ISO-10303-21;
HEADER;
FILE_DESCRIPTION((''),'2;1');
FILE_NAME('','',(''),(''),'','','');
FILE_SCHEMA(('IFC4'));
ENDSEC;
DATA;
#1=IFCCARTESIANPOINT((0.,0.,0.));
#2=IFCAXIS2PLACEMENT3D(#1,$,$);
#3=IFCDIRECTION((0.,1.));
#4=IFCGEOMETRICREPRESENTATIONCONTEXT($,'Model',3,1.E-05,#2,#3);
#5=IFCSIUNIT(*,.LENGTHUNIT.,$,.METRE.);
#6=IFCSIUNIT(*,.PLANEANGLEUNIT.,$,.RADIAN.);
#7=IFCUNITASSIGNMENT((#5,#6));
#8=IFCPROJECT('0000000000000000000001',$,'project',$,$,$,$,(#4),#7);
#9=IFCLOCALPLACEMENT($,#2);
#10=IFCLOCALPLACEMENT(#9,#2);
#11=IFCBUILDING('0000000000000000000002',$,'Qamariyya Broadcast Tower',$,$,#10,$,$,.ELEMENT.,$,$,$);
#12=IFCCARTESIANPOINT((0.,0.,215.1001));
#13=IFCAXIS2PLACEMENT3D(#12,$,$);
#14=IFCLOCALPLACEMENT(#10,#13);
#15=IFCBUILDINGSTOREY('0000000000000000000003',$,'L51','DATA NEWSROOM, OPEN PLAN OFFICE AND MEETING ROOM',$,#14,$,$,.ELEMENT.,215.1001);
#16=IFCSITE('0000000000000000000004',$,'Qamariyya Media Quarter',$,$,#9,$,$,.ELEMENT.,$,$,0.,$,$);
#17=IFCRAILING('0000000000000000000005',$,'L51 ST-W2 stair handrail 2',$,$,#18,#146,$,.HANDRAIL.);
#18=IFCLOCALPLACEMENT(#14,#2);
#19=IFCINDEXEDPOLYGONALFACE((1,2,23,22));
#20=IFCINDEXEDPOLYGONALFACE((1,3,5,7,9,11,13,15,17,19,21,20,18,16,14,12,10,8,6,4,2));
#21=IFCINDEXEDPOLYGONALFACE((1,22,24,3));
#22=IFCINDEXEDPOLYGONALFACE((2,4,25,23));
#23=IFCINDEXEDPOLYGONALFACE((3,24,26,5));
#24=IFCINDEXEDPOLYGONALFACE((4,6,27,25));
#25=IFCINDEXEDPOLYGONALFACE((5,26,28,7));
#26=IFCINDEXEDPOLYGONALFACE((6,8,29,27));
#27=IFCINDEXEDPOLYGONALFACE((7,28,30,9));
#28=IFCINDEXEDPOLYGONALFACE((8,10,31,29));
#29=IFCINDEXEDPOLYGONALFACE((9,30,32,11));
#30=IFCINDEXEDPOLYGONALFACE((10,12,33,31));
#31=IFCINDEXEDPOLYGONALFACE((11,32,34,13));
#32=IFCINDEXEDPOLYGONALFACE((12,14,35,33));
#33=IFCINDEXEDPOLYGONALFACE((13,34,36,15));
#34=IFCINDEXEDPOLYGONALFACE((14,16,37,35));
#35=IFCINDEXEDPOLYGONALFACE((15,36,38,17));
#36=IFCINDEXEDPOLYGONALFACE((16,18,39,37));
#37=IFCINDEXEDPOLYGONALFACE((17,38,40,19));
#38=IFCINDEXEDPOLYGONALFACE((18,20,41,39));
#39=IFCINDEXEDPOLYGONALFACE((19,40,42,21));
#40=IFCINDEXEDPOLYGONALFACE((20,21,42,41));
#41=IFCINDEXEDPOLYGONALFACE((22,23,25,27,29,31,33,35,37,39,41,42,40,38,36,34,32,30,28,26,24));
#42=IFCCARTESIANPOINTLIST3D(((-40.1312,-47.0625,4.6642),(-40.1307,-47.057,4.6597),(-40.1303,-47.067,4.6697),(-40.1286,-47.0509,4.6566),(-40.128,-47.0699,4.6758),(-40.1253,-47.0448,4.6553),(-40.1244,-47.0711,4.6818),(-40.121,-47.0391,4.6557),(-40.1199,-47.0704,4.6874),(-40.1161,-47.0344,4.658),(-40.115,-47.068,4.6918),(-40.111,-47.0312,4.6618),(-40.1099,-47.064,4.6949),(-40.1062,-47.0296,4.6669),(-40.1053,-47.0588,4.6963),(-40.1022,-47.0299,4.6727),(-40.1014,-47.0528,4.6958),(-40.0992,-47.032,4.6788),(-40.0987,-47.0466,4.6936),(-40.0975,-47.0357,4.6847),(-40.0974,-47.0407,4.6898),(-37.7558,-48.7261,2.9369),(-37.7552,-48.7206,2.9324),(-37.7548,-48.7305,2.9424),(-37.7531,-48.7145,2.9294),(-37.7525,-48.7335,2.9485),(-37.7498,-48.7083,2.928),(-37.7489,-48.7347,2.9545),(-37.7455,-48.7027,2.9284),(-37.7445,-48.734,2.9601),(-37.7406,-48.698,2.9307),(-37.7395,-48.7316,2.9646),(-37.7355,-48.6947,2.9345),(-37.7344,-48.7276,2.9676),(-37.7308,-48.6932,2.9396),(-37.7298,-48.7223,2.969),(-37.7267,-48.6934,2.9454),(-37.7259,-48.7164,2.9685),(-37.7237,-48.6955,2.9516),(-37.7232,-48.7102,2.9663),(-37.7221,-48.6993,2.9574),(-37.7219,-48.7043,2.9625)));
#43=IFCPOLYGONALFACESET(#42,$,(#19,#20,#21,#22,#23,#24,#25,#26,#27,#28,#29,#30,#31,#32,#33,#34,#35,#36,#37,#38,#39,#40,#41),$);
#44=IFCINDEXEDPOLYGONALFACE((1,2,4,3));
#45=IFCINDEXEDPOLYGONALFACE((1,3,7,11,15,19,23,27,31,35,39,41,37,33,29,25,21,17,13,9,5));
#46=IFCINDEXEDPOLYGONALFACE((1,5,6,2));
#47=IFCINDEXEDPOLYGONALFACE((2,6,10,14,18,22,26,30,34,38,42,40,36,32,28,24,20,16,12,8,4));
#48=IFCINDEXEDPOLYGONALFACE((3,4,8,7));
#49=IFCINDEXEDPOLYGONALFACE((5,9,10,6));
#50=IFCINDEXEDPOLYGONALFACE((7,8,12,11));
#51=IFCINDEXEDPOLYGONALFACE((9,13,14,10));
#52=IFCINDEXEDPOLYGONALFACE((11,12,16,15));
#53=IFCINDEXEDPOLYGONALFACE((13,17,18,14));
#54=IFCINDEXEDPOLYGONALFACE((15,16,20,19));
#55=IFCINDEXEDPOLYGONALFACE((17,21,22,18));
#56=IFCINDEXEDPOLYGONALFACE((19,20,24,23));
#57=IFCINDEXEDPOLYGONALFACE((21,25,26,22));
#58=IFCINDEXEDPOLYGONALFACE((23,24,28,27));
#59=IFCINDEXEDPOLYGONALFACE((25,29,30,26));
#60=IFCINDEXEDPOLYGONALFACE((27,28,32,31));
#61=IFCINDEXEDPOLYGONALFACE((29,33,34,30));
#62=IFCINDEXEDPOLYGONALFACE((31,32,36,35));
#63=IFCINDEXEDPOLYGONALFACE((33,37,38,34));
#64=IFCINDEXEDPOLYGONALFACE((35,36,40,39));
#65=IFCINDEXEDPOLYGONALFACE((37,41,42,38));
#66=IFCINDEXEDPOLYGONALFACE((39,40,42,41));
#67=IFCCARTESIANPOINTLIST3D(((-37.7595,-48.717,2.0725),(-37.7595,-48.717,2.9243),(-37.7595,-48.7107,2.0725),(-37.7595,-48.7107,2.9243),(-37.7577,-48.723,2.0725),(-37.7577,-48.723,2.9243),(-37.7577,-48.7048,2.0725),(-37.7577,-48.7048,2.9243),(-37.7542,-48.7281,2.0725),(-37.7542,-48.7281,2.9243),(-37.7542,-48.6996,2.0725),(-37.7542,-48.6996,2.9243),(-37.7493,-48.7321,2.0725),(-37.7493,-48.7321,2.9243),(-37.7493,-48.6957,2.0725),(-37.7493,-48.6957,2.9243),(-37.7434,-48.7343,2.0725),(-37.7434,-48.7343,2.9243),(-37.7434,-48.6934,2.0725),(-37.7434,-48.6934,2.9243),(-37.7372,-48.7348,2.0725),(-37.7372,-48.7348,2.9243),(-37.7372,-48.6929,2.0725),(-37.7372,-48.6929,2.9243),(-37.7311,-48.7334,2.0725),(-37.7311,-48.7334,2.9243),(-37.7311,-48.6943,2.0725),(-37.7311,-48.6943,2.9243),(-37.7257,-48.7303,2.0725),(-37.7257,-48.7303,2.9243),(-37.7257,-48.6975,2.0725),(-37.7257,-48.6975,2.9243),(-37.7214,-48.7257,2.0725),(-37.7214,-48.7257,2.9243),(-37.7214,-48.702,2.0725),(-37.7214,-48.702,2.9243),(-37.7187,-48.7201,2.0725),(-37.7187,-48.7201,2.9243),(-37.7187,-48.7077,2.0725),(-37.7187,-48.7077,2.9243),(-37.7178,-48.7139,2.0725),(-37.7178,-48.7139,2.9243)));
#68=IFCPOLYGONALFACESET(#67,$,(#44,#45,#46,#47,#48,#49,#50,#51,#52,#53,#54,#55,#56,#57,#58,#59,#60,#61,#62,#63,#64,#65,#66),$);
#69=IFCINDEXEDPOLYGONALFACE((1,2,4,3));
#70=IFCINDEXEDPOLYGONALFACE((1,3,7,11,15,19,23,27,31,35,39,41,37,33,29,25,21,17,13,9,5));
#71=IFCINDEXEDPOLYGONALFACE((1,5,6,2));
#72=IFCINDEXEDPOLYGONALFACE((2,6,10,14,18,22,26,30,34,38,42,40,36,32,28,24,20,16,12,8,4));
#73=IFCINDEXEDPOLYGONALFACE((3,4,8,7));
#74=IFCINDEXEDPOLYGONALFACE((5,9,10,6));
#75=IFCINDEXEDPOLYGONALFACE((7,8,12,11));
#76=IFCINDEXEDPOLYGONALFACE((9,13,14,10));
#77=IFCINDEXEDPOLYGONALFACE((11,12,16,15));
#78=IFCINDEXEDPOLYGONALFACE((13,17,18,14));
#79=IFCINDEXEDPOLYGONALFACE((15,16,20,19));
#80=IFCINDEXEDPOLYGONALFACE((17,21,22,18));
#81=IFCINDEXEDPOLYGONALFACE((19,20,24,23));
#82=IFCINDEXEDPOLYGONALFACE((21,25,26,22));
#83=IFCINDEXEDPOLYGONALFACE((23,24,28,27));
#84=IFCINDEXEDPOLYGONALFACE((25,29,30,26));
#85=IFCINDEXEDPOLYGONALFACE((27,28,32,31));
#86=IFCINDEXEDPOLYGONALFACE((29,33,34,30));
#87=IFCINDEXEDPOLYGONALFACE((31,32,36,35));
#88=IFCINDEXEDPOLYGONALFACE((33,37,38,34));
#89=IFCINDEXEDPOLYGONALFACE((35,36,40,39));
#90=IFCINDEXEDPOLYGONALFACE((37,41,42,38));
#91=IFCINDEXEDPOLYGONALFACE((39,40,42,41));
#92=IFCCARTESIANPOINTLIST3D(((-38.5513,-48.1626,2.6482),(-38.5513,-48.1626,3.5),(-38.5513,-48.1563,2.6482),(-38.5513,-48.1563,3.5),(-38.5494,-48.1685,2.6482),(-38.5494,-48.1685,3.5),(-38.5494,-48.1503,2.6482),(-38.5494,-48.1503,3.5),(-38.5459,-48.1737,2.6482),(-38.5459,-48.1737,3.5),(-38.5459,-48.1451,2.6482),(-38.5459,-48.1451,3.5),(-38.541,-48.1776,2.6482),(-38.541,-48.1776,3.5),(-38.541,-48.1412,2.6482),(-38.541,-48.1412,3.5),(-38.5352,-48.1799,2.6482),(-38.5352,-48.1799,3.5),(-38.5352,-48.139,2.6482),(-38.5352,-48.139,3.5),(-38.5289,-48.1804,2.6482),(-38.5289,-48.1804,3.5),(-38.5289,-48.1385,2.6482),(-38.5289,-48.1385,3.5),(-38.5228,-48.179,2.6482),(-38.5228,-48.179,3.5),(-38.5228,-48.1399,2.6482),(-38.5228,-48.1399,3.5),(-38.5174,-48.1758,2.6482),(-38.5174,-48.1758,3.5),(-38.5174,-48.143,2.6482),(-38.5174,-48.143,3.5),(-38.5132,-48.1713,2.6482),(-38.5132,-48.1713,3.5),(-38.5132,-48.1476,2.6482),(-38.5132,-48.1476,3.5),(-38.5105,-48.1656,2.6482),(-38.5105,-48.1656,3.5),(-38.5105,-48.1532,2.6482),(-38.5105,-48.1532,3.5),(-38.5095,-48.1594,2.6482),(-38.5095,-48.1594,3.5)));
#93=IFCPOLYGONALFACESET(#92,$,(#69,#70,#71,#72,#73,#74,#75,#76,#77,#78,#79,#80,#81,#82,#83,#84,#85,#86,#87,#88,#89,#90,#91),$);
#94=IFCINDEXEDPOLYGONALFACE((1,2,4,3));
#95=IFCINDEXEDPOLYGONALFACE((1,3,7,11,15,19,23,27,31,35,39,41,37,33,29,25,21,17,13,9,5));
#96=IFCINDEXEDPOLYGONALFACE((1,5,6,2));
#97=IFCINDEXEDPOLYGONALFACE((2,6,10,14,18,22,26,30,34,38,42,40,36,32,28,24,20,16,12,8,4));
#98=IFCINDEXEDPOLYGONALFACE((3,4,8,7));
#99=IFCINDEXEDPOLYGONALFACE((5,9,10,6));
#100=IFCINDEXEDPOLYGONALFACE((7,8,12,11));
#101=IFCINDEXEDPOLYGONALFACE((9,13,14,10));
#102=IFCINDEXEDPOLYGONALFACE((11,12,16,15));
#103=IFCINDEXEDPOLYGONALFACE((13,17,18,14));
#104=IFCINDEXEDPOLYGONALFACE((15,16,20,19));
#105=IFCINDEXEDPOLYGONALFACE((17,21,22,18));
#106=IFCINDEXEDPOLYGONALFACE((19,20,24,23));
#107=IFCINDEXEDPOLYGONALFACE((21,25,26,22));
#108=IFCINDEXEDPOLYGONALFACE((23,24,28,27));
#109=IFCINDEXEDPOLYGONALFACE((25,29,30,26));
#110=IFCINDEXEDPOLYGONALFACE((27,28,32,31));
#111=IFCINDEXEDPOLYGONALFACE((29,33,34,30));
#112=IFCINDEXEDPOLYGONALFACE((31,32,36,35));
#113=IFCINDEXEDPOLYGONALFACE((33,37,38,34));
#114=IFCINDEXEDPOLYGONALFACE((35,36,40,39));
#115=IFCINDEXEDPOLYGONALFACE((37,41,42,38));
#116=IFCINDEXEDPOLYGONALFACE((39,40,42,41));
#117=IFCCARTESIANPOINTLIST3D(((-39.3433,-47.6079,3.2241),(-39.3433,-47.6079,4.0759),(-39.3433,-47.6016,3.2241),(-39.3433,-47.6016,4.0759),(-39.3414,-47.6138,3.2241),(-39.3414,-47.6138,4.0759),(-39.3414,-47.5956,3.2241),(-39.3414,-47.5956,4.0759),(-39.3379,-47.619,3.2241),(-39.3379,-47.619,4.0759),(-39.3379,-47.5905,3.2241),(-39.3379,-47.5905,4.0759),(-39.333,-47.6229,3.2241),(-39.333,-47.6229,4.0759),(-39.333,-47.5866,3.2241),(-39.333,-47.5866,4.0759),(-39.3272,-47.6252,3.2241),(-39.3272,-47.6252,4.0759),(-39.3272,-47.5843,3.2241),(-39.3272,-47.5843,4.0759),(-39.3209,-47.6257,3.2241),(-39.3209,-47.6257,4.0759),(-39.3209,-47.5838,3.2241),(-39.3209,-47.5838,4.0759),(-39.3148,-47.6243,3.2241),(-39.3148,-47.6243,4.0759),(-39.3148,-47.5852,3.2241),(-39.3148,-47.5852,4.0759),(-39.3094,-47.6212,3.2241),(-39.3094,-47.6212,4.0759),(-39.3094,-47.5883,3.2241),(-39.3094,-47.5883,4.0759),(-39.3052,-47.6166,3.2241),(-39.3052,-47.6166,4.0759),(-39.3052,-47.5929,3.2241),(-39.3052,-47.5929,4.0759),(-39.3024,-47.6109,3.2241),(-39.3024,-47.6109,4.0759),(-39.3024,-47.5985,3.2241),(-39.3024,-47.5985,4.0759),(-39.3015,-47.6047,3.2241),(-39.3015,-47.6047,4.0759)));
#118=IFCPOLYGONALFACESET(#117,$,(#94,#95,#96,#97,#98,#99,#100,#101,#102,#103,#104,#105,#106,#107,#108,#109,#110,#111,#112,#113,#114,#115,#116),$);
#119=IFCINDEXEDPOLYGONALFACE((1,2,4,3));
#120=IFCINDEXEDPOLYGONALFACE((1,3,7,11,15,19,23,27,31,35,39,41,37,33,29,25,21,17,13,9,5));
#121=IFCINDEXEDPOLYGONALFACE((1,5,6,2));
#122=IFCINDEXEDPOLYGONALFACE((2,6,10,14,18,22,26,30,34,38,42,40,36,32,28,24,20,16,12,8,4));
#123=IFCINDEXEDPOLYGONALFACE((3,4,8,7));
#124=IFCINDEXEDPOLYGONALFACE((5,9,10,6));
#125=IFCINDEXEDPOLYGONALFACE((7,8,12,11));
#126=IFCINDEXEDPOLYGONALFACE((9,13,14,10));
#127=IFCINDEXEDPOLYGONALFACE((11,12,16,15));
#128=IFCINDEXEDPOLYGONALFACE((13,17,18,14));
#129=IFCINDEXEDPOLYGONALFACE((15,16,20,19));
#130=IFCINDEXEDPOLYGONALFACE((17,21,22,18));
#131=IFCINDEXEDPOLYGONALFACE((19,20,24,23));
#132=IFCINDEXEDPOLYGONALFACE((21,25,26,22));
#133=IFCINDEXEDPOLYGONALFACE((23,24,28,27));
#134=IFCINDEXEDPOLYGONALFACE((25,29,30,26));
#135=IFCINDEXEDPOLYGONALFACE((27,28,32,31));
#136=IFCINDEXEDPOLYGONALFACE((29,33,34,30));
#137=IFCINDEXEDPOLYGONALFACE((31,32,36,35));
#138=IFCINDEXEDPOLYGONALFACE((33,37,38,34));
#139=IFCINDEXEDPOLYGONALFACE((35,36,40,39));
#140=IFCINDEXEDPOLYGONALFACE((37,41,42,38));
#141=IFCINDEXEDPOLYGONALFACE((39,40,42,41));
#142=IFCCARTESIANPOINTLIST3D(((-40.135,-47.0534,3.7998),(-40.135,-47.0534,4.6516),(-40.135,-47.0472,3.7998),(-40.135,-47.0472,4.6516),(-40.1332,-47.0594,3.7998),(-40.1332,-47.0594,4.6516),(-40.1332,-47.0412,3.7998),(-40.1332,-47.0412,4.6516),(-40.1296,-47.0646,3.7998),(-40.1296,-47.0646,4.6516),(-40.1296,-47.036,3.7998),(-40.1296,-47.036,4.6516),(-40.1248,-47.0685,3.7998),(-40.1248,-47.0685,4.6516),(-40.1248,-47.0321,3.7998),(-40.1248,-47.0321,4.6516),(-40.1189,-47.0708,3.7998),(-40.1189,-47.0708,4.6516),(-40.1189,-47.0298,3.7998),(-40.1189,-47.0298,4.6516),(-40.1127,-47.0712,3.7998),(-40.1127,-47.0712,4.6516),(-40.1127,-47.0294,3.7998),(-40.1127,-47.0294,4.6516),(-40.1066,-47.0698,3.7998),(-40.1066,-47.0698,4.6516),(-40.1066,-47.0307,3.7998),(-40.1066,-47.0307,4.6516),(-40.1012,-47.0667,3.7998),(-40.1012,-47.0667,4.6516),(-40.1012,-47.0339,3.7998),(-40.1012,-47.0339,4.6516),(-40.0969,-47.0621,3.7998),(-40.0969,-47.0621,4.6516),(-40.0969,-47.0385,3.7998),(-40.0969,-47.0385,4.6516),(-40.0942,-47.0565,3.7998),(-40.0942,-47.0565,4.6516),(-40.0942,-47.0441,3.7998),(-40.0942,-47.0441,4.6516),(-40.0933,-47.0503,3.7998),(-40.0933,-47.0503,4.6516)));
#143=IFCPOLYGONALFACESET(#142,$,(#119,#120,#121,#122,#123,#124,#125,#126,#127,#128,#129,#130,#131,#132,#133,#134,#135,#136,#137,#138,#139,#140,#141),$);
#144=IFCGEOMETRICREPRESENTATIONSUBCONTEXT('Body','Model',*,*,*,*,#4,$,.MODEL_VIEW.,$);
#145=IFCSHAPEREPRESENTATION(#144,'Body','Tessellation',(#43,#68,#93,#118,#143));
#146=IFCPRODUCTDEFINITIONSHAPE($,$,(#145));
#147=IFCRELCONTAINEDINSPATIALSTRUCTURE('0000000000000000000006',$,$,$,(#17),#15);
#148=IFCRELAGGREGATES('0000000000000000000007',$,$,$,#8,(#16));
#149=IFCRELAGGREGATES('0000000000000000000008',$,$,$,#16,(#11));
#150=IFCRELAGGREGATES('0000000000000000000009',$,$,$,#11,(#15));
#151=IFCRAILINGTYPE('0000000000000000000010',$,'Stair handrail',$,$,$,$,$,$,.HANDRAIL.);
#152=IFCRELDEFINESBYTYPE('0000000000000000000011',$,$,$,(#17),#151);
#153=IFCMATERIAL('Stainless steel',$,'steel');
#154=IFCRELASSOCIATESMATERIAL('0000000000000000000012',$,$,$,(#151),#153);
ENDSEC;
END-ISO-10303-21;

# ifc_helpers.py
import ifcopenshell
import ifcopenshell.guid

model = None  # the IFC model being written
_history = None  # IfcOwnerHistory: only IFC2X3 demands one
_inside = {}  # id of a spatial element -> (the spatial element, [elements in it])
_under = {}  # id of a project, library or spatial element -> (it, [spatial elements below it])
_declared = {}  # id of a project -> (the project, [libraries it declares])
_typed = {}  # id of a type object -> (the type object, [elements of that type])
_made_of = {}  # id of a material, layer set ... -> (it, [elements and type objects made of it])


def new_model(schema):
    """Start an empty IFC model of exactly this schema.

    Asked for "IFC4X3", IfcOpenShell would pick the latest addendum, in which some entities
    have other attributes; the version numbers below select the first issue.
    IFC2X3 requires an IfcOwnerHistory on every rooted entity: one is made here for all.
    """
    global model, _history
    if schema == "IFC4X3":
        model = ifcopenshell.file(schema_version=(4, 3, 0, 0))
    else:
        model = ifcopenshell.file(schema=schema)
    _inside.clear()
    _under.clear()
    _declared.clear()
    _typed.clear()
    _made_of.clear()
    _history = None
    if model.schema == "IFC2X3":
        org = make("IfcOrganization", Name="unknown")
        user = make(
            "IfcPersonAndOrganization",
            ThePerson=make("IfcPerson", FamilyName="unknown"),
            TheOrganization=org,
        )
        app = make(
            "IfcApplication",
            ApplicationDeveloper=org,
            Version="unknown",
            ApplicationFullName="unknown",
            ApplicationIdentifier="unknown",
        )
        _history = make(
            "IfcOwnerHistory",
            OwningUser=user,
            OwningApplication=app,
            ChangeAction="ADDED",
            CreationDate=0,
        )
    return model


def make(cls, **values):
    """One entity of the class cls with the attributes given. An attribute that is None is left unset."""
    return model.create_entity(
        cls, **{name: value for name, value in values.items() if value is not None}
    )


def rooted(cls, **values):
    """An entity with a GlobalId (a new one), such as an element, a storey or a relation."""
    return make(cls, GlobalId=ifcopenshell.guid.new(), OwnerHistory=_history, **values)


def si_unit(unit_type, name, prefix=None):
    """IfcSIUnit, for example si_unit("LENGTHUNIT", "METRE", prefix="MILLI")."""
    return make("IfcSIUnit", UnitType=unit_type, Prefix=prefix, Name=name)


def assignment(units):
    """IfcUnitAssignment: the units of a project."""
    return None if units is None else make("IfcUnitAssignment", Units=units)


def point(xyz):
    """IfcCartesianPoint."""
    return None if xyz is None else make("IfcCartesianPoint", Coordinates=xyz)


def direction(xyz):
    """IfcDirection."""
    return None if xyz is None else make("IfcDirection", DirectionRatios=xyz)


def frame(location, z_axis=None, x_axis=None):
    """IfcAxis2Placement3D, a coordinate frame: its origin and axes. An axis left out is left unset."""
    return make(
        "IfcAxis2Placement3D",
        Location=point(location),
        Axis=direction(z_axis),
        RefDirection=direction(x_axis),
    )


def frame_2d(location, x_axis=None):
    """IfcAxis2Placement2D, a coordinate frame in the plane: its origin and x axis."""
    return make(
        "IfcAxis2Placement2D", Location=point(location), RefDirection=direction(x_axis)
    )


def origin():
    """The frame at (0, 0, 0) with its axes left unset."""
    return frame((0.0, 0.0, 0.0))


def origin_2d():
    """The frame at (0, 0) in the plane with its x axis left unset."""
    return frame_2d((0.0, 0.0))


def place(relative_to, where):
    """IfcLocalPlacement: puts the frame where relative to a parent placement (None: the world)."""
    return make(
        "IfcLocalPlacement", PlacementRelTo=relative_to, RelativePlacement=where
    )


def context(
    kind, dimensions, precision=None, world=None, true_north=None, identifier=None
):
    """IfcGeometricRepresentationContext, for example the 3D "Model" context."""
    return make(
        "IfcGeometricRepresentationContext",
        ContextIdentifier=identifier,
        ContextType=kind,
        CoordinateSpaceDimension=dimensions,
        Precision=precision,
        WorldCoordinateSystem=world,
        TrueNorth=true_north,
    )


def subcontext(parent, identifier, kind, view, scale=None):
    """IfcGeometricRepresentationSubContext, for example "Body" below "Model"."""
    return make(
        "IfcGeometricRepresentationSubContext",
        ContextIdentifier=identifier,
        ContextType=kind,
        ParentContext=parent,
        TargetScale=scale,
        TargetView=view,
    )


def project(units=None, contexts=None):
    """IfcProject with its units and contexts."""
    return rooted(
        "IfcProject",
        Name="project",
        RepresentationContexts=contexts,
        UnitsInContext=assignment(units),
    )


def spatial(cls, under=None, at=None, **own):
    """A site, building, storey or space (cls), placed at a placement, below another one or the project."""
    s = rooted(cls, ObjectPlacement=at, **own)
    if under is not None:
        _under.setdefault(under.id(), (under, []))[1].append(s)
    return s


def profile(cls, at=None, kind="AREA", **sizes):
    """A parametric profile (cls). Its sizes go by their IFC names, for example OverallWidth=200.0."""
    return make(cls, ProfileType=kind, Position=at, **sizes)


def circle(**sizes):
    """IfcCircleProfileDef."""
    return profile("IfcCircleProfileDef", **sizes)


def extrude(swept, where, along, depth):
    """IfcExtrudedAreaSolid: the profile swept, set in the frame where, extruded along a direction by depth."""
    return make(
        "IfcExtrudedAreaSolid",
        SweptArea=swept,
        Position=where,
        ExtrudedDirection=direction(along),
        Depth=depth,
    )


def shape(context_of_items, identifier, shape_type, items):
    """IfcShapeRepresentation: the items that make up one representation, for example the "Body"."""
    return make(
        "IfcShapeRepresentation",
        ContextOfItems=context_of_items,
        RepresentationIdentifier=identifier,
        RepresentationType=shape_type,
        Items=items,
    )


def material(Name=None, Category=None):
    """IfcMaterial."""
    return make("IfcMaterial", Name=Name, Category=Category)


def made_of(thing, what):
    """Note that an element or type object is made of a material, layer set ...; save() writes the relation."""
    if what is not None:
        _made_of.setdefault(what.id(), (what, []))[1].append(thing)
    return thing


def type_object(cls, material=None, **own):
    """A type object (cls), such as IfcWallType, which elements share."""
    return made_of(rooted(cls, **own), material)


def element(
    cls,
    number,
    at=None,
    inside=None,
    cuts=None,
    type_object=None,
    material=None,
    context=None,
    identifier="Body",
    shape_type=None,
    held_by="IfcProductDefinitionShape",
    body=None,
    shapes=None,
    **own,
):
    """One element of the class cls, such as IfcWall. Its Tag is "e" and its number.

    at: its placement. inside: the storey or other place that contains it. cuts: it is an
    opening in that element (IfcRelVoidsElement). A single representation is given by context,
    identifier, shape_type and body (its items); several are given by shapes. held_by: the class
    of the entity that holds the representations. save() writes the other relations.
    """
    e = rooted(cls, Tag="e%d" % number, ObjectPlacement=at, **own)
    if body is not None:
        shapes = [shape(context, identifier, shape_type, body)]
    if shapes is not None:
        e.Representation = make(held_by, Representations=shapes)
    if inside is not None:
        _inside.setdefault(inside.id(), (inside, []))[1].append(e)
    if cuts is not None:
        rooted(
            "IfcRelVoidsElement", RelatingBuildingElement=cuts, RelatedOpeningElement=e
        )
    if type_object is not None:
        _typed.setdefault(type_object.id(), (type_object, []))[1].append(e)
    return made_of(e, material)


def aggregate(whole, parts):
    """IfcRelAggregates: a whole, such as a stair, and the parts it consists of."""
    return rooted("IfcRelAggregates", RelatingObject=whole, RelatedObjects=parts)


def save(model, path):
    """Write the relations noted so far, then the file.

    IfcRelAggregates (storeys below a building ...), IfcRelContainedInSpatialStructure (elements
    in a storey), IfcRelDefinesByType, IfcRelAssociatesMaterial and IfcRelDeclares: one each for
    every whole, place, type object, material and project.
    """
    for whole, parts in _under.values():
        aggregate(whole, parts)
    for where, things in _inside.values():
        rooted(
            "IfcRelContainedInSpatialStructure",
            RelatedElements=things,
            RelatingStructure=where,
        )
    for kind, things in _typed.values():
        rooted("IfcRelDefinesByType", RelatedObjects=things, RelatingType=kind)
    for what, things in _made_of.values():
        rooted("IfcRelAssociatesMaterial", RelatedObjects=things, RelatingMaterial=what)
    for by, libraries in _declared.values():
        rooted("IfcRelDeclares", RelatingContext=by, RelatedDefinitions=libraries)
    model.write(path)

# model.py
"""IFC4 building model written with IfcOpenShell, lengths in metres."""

from ifc_helpers import new_model, si_unit, direction, frame, origin, origin_2d, place, context, subcontext, project, spatial, circle, extrude, material, type_object, element, save


model = new_model("IFC4")

# Units and contexts
model_context = context("Model", 3, precision=1e-05, world=origin(), true_north=direction((0.0, 1.0)))
body_context = subcontext(model_context, "Body", "Model", "MODEL_VIEW")
ifc_project = project(units=[si_unit("LENGTHUNIT", "METRE"), si_unit("PLANEANGLEUNIT", "RADIAN")], contexts=[model_context])

# Site, building, storey
site_placement = place(None, origin())
site = spatial("IfcSite", under=ifc_project, at=site_placement, Name="Qamariyya Media Quarter", CompositionType="ELEMENT", RefElevation=0.0)
building_placement = place(site_placement, origin())
building = spatial("IfcBuilding", under=site, at=building_placement, Name="Qamariyya Broadcast Tower", CompositionType="ELEMENT")
storey_placement = place(building_placement, frame((0.0, 0.0, 215.1001)))
storey = spatial("IfcBuildingStorey", under=building, at=storey_placement, Name="L51", Description="DATA NEWSROOM, OPEN PLAN OFFICE AND MEETING ROOM", CompositionType="ELEMENT", Elevation=215.1001)

# Railing
ifc_material_1 = material(Name="Stainless steel", Category="steel")
railing_type_1 = type_object("IfcRailingType", Name="Stair handrail", PredefinedType="HANDRAIL", material=ifc_material_1)
railing_1_placement = place(storey_placement, frame((-37.7388, -48.7139, 2.0725)))
element("IfcRailing", 1, at=railing_1_placement, inside=storey, type_object=railing_type_1, Name="L51 ST-W2 stair handrail 2", PredefinedType="HANDRAIL", context=body_context, shape_type="SweptSolid", body=[
    extrude(circle(Radius=0.0239, at=origin_2d()), frame((0.0, 0.0, 0.876), z_axis=(-0.703745, 0.492838, 0.511716), x_axis=(-0.573632, -0.819113, 0.0)), (0.0, 0.0, 1.0), 3.3755),
    extrude(circle(Radius=0.021, at=origin_2d()), origin(), (0.0, 0.0, 1.0), 0.8518),
    extrude(circle(Radius=0.021, at=origin_2d()), frame((-0.7917, 0.5544, 0.5757)), (0.0, 0.0, 1.0), 0.8518),
    extrude(circle(Radius=0.021, at=origin_2d()), frame((-1.5837, 1.1091, 1.1516)), (0.0, 0.0, 1.0), 0.8518),
    extrude(circle(Radius=0.021, at=origin_2d()), frame((-2.3755, 1.6636, 1.7273)), (0.0, 0.0, 1.0), 0.8518),
])

save(model, "model.ifc")
